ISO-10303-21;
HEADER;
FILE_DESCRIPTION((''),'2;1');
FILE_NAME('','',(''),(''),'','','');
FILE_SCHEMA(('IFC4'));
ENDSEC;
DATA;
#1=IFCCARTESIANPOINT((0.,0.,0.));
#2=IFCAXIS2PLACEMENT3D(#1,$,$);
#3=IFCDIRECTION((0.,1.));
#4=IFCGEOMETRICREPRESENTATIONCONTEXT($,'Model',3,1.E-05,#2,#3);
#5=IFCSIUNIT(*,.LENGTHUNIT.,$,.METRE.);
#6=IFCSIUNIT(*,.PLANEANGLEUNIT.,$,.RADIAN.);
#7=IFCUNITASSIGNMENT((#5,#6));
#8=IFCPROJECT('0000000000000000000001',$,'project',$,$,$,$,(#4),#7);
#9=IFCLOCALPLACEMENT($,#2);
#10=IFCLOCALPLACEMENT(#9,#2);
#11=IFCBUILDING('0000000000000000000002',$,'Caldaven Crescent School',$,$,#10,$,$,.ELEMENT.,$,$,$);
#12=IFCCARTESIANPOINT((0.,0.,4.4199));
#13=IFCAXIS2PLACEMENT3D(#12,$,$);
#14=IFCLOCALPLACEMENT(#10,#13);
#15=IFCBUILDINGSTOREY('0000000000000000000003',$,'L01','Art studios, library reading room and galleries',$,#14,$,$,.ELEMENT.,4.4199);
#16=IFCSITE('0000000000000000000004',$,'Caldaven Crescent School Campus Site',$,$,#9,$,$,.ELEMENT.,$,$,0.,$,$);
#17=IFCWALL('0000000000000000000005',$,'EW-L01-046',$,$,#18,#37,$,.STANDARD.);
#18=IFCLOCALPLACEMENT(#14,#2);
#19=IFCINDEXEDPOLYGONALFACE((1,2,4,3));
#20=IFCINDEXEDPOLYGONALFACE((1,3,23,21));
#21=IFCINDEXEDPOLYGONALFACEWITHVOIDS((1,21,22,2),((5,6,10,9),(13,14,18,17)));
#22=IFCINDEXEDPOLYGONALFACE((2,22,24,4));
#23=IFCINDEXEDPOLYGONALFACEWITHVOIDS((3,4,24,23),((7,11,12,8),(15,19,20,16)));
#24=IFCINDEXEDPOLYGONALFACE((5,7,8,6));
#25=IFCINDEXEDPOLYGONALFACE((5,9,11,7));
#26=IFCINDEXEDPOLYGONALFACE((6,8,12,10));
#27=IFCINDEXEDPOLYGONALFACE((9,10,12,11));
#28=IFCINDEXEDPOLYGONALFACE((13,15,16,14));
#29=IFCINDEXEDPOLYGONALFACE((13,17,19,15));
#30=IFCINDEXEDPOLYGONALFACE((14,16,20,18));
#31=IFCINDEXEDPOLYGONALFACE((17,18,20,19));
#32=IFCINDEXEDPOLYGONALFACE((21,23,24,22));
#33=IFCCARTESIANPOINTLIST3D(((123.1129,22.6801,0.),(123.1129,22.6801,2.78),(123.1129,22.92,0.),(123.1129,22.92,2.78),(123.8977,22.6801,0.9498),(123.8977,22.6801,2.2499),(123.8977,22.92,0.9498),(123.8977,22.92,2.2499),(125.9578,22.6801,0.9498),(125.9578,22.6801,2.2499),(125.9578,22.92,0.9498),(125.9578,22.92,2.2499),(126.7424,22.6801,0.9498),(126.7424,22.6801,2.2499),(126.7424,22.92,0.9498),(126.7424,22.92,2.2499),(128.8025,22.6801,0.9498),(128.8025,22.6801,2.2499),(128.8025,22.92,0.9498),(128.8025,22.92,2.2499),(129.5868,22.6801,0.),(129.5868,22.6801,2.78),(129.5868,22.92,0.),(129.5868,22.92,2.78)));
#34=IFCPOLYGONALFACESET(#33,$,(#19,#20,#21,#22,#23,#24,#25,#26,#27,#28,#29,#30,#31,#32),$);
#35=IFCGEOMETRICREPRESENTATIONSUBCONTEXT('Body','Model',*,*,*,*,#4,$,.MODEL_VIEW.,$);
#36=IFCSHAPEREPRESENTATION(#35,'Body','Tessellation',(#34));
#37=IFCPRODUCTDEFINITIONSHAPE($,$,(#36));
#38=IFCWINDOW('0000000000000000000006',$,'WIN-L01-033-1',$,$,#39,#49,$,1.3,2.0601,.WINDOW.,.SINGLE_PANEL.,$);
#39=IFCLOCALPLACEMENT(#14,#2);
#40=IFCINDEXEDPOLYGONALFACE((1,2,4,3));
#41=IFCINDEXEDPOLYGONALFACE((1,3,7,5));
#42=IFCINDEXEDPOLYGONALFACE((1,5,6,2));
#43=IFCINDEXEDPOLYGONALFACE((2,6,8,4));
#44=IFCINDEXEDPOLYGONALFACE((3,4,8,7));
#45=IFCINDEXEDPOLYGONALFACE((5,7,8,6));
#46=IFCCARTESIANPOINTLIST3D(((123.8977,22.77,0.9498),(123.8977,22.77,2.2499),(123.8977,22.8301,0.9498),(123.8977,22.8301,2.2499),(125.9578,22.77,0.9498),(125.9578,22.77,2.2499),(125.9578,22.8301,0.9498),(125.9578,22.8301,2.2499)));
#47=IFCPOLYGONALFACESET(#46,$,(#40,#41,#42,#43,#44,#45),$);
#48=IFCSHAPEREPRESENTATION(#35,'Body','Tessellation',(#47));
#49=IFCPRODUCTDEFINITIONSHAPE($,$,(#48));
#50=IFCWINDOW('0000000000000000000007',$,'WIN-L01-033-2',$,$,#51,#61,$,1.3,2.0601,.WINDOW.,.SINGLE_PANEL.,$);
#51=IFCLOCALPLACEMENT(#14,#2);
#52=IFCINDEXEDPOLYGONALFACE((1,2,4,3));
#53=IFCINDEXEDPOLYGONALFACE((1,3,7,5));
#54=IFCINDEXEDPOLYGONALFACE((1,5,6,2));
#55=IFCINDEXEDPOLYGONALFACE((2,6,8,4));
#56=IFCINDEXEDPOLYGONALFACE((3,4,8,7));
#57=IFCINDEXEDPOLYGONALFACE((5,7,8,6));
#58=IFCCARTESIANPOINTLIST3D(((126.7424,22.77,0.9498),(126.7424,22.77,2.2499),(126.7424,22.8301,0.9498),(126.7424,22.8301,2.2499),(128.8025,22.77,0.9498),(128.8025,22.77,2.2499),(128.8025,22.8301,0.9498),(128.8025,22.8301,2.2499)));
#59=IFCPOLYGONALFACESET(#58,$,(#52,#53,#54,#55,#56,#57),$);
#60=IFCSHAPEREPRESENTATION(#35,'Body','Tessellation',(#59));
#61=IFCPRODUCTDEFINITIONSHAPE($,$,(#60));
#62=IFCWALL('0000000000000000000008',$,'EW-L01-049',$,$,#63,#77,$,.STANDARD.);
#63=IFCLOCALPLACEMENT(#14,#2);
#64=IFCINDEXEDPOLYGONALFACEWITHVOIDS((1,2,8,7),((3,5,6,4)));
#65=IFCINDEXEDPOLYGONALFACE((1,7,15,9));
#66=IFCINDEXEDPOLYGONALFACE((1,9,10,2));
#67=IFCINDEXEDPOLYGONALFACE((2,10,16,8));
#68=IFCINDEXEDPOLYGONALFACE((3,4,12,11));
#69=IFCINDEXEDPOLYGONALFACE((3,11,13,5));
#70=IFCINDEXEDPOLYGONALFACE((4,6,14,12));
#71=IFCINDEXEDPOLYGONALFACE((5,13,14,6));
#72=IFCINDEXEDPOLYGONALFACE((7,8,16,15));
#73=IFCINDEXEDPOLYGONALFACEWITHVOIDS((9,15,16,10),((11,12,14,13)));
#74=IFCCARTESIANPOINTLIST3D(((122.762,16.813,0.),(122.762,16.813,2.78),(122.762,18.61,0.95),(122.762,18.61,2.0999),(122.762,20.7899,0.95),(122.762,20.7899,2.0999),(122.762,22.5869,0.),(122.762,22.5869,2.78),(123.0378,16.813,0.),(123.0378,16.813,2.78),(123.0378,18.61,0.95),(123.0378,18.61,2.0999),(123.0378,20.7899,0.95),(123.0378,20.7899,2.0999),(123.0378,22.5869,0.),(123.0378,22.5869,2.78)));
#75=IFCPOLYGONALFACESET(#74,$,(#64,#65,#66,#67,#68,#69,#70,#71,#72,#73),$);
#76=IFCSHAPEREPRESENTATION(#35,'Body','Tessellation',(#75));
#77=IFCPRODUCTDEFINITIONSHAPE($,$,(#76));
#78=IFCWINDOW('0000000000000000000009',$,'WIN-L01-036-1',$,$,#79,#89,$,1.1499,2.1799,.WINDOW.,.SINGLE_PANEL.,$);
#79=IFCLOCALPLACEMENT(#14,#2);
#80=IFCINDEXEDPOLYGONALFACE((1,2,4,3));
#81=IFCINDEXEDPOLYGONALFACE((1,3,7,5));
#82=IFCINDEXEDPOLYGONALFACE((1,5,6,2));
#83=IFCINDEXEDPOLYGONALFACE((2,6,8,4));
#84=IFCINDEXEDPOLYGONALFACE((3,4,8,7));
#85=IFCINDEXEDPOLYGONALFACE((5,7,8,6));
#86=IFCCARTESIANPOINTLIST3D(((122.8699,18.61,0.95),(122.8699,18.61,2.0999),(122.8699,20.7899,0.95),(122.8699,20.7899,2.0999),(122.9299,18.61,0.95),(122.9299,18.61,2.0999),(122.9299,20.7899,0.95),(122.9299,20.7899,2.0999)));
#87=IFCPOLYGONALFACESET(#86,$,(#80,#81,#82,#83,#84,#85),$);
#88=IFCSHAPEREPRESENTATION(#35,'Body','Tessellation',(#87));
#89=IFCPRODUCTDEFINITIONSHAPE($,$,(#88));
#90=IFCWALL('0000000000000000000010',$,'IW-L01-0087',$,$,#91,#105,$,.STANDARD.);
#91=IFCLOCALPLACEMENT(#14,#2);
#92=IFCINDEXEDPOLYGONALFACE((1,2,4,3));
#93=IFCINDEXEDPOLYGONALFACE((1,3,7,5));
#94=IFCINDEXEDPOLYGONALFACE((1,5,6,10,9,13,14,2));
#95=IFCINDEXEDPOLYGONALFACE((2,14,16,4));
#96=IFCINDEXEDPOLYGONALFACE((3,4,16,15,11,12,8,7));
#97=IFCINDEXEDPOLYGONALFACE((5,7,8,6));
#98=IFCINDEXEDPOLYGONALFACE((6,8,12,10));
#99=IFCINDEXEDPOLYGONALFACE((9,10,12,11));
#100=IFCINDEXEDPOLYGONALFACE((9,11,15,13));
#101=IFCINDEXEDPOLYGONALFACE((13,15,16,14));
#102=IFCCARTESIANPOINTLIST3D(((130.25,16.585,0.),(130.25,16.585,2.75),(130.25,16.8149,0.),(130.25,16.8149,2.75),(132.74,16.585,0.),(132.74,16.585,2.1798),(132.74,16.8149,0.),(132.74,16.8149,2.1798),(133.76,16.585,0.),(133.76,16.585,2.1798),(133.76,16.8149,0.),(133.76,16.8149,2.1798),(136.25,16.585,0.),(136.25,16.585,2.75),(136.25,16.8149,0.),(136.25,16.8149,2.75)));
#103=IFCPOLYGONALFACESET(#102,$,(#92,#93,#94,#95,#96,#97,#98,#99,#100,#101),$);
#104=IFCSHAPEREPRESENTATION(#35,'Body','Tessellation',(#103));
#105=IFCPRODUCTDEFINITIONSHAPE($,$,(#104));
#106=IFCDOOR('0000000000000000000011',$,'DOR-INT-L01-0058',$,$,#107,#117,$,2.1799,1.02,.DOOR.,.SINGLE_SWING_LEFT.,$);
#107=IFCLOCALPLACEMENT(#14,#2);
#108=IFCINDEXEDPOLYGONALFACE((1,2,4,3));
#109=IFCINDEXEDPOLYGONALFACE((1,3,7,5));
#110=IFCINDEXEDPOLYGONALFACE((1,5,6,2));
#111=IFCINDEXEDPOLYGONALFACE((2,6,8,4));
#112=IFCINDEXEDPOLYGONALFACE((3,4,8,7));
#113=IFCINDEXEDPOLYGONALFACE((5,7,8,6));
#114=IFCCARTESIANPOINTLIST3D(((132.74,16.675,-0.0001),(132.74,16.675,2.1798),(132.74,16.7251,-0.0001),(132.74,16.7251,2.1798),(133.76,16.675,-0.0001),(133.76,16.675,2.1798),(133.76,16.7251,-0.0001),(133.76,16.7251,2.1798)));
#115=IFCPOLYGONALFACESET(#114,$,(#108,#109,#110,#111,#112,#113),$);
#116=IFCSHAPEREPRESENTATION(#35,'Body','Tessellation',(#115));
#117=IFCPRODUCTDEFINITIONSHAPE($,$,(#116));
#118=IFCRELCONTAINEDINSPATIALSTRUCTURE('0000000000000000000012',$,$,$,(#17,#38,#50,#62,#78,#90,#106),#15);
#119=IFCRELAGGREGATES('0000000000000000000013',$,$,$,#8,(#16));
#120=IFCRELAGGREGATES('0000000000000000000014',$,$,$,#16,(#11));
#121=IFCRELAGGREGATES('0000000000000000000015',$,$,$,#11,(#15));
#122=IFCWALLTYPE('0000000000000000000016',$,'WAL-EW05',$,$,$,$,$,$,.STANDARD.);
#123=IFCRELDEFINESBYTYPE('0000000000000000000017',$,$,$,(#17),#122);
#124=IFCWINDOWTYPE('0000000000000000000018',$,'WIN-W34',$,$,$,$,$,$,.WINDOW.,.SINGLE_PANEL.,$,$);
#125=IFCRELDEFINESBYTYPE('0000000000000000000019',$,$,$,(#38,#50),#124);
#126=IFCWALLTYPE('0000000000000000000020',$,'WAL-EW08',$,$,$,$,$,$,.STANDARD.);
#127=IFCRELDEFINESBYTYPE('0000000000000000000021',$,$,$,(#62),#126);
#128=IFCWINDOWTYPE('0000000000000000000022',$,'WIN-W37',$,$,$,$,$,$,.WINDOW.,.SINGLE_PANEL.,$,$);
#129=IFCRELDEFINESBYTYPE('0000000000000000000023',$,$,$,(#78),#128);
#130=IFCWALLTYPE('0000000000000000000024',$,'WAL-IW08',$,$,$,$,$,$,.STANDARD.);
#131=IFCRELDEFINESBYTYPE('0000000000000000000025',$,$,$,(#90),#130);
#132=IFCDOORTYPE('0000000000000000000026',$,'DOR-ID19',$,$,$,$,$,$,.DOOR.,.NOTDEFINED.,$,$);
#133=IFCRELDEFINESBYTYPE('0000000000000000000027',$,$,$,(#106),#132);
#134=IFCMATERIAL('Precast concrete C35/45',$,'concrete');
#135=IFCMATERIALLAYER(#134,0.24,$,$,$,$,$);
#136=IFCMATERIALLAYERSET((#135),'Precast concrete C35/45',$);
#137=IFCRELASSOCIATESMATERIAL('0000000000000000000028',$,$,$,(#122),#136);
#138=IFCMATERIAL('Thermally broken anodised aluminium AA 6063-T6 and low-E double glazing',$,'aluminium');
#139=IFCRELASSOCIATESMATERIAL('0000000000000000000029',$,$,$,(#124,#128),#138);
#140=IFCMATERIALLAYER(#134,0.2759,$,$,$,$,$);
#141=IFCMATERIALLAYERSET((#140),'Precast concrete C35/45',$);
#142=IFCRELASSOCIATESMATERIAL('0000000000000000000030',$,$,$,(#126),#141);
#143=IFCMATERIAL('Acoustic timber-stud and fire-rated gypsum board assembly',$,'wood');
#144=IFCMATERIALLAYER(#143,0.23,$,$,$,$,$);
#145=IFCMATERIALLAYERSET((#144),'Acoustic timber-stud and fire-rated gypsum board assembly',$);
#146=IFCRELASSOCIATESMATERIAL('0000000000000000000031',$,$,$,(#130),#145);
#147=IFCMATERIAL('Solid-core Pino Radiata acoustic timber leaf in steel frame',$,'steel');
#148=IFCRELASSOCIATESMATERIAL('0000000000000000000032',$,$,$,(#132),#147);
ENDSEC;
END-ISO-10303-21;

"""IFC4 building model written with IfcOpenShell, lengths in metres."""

from ifc_helpers import new_model, si_unit, direction, frame, frame_2d, origin, place, context, subcontext, project, spatial, rectangle, extrude, material, layer, layer_set, type_object, element, fill, save


model = new_model("IFC4")

# Units and contexts
model_context = context("Model", 3, precision=1e-05, world=origin(), true_north=direction((0.0, 1.0)))
body_context = subcontext(model_context, "Body", "Model", "MODEL_VIEW")
ifc_project = project(units=[si_unit("LENGTHUNIT", "METRE"), si_unit("PLANEANGLEUNIT", "RADIAN")], contexts=[model_context])

# Site, building, storey
site_placement = place(None, origin())
site = spatial("IfcSite", under=ifc_project, at=site_placement, Name="Caldaven Crescent School Campus Site", CompositionType="ELEMENT", RefElevation=0.0)
building_placement = place(site_placement, origin())
building = spatial("IfcBuilding", under=site, at=building_placement, Name="Caldaven Crescent School", CompositionType="ELEMENT")
storey_placement = place(building_placement, frame((0.0, 0.0, 4.4199)))
storey = spatial("IfcBuildingStorey", under=building, at=storey_placement, Name="L01", Description="Art studios, library reading room and galleries", CompositionType="ELEMENT", Elevation=4.4199)

# Wall, openings, windows
ifc_material_1 = material(Name="Precast concrete C35/45", Category="concrete")
ifc_layer_1 = layer(ifc_material_1, 0.24)
ifc_layer_set_1 = layer_set([ifc_layer_1], Name="Precast concrete C35/45")
wall_type_1 = type_object("IfcWallType", Name="WAL-EW05", PredefinedType="STANDARD", material=ifc_layer_set_1)
wall_1_placement = place(storey_placement, frame((123.113, 22.8, 0.0), z_axis=(0.0, 0.0, 1.0), x_axis=(1.0, 0.0, 0.0)))
wall_1 = element("IfcWall", 1, at=wall_1_placement, inside=storey, type_object=wall_type_1, Name="EW-L01-046", PredefinedType="STANDARD", context=body_context, shape_type="SweptSolid", body=[
    extrude(rectangle(XDim=6.4739, YDim=0.24, at=frame_2d((3.2368, 0.0))), origin(), (0.0, 0.0, 1.0), 2.78),
])
opening_1_placement = place(wall_1_placement, frame((0.7847, 0.0, 0.95)))
opening_1 = element("IfcOpeningElement", 2, at=opening_1_placement, cuts=wall_1, PredefinedType="OPENING", context=body_context, shape_type="SweptSolid", body=[
    extrude(rectangle(XDim=2.0601, YDim=1.3, at=frame_2d((1.03, 0.6499))), frame((0.0, 0.1299, 0.0), z_axis=(0.0, -1.0, 0.0), x_axis=(1.0, 0.0, 0.0)), (0.0, 0.0, 1.0), 0.26),
])
opening_2_placement = place(wall_1_placement, frame((3.6294, 0.0, 0.95)))
opening_2 = element("IfcOpeningElement", 3, at=opening_2_placement, cuts=wall_1, PredefinedType="OPENING", context=body_context, shape_type="SweptSolid", body=[
    extrude(rectangle(XDim=2.0601, YDim=1.3, at=frame_2d((1.03, 0.6499))), frame((0.0, 0.1299, 0.0), z_axis=(0.0, -1.0, 0.0), x_axis=(1.0, 0.0, 0.0)), (0.0, 0.0, 1.0), 0.26),
])
ifc_material_2 = material(Name="Thermally broken anodised aluminium AA 6063-T6 and low-E double glazing", Category="aluminium")
window_type_1 = type_object("IfcWindowType", Name="WIN-W34", PartitioningType="SINGLE_PANEL", PredefinedType="WINDOW", material=ifc_material_2)
window_1_placement = place(opening_1_placement, origin())
window_1 = element("IfcWindow", 4, at=window_1_placement, inside=storey, type_object=window_type_1, Name="WIN-L01-033-1", OverallHeight=1.3, OverallWidth=2.0601, PartitioningType="SINGLE_PANEL", PredefinedType="WINDOW", context=body_context, shape_type="SweptSolid", body=[
    extrude(rectangle(XDim=2.0601, YDim=1.3, at=frame_2d((1.03, 0.6499))), frame((0.0, 0.03, 0.0), z_axis=(0.0, -1.0, 0.0), x_axis=(1.0, 0.0, 0.0)), (0.0, 0.0, 1.0), 0.0601),
])
fill(opening_1, window_1)
window_2_placement = place(opening_2_placement, origin())
window_2 = element("IfcWindow", 5, at=window_2_placement, inside=storey, type_object=window_type_1, Name="WIN-L01-033-2", OverallHeight=1.3, OverallWidth=2.0601, PartitioningType="SINGLE_PANEL", PredefinedType="WINDOW", context=body_context, shape_type="SweptSolid", body=[
    extrude(rectangle(XDim=2.0601, YDim=1.3, at=frame_2d((1.03, 0.6499))), frame((0.0, 0.03, 0.0), z_axis=(0.0, -1.0, 0.0), x_axis=(1.0, 0.0, 0.0)), (0.0, 0.0, 1.0), 0.0601),
])
fill(opening_2, window_2)

# Wall, opening, window
ifc_layer_2 = layer(ifc_material_1, 0.2759)
ifc_layer_set_2 = layer_set([ifc_layer_2], Name="Precast concrete C35/45")
wall_type_2 = type_object("IfcWallType", Name="WAL-EW08", PredefinedType="STANDARD", material=ifc_layer_set_2)
wall_2_placement = place(storey_placement, frame((122.8999, 16.813, 0.0), z_axis=(0.0, 0.0, 1.0), x_axis=(0.0, 1.0, 0.0)))
wall_2 = element("IfcWall", 6, at=wall_2_placement, inside=storey, type_object=wall_type_2, Name="EW-L01-049", PredefinedType="STANDARD", context=body_context, shape_type="SweptSolid", body=[
    extrude(rectangle(XDim=5.7739, YDim=0.2759, at=frame_2d((2.887, 0.0))), origin(), (0.0, 0.0, 1.0), 2.78),
])
opening_3_placement = place(wall_2_placement, frame((1.7971, 0.0, 0.95)))
opening_3 = element("IfcOpeningElement", 7, at=opening_3_placement, cuts=wall_2, PredefinedType="OPENING", context=body_context, shape_type="SweptSolid", body=[
    extrude(rectangle(XDim=2.1799, YDim=1.1499, at=frame_2d((1.0898, 0.575))), frame((0.0, 0.1479, 0.0), z_axis=(0.0, -1.0, 0.0), x_axis=(1.0, 0.0, 0.0)), (0.0, 0.0, 1.0), 0.2959),
])
window_type_2 = type_object("IfcWindowType", Name="WIN-W37", PartitioningType="SINGLE_PANEL", PredefinedType="WINDOW", material=ifc_material_2)
window_3_placement = place(opening_3_placement, origin())
window_3 = element("IfcWindow", 8, at=window_3_placement, inside=storey, type_object=window_type_2, Name="WIN-L01-036-1", OverallHeight=1.1499, OverallWidth=2.1799, PartitioningType="SINGLE_PANEL", PredefinedType="WINDOW", context=body_context, shape_type="SweptSolid", body=[
    extrude(rectangle(XDim=2.1799, YDim=1.1499, at=frame_2d((1.0898, 0.575))), frame((0.0, 0.03, 0.0), z_axis=(0.0, -1.0, 0.0), x_axis=(1.0, 0.0, 0.0)), (0.0, 0.0, 1.0), 0.0601),
])
fill(opening_3, window_3)

# Wall, opening, door
ifc_material_3 = material(Name="Acoustic timber-stud and fire-rated gypsum board assembly", Category="wood")
ifc_material_4 = material(Name="Solid-core Pino Radiata acoustic timber leaf in steel frame", Category="steel")
ifc_layer_3 = layer(ifc_material_3, 0.23)
ifc_layer_set_3 = layer_set([ifc_layer_3], Name="Acoustic timber-stud and fire-rated gypsum board assembly")
wall_type_3 = type_object("IfcWallType", Name="WAL-IW08", PredefinedType="STANDARD", material=ifc_layer_set_3)
wall_3_placement = place(storey_placement, frame((130.25, 16.7, 0.0), z_axis=(0.0, 0.0, 1.0), x_axis=(1.0, 0.0, 0.0)))
wall_3 = element("IfcWall", 9, at=wall_3_placement, inside=storey, type_object=wall_type_3, Name="IW-L01-0087", PredefinedType="STANDARD", context=body_context, shape_type="SweptSolid", body=[
    extrude(rectangle(XDim=6.0, YDim=0.23, at=frame_2d((3.0, 0.0))), origin(), (0.0, 0.0, 1.0), 2.75),
])
opening_4_placement = place(wall_3_placement, frame((2.49, 0.0, 0.0)))
opening_4 = element("IfcOpeningElement", 10, at=opening_4_placement, cuts=wall_3, PredefinedType="OPENING", context=body_context, shape_type="SweptSolid", body=[
    extrude(rectangle(XDim=1.02, YDim=2.1799, at=frame_2d((0.51, 1.0898))), frame((0.0, 0.125, 0.0), z_axis=(0.0, -1.0, 0.0), x_axis=(1.0, 0.0, 0.0)), (0.0, 0.0, 1.0), 0.25),
])
door_type_1 = type_object("IfcDoorType", Name="DOR-ID19", OperationType="NOTDEFINED", PredefinedType="DOOR", material=ifc_material_4)
door_1_placement = place(opening_4_placement, frame((1.02, 0.0, 0.0), z_axis=(0.0, 0.0, 1.0), x_axis=(-1.0, 0.0, 0.0)))
door_1 = element("IfcDoor", 11, at=door_1_placement, inside=storey, type_object=door_type_1, Name="DOR-INT-L01-0058", OperationType="SINGLE_SWING_LEFT", OverallHeight=2.1799, OverallWidth=1.02, PredefinedType="DOOR", context=body_context, shape_type="SweptSolid", body=[
    extrude(rectangle(XDim=1.02, YDim=2.1799, at=frame_2d((0.51, 1.0898))), frame((0.0, 0.0249, 0.0), z_axis=(0.0, -1.0, 0.0), x_axis=(1.0, 0.0, 0.0)), (0.0, 0.0, 1.0), 0.05),
])
fill(opening_4, door_1)

save(model, "model.ifc")
